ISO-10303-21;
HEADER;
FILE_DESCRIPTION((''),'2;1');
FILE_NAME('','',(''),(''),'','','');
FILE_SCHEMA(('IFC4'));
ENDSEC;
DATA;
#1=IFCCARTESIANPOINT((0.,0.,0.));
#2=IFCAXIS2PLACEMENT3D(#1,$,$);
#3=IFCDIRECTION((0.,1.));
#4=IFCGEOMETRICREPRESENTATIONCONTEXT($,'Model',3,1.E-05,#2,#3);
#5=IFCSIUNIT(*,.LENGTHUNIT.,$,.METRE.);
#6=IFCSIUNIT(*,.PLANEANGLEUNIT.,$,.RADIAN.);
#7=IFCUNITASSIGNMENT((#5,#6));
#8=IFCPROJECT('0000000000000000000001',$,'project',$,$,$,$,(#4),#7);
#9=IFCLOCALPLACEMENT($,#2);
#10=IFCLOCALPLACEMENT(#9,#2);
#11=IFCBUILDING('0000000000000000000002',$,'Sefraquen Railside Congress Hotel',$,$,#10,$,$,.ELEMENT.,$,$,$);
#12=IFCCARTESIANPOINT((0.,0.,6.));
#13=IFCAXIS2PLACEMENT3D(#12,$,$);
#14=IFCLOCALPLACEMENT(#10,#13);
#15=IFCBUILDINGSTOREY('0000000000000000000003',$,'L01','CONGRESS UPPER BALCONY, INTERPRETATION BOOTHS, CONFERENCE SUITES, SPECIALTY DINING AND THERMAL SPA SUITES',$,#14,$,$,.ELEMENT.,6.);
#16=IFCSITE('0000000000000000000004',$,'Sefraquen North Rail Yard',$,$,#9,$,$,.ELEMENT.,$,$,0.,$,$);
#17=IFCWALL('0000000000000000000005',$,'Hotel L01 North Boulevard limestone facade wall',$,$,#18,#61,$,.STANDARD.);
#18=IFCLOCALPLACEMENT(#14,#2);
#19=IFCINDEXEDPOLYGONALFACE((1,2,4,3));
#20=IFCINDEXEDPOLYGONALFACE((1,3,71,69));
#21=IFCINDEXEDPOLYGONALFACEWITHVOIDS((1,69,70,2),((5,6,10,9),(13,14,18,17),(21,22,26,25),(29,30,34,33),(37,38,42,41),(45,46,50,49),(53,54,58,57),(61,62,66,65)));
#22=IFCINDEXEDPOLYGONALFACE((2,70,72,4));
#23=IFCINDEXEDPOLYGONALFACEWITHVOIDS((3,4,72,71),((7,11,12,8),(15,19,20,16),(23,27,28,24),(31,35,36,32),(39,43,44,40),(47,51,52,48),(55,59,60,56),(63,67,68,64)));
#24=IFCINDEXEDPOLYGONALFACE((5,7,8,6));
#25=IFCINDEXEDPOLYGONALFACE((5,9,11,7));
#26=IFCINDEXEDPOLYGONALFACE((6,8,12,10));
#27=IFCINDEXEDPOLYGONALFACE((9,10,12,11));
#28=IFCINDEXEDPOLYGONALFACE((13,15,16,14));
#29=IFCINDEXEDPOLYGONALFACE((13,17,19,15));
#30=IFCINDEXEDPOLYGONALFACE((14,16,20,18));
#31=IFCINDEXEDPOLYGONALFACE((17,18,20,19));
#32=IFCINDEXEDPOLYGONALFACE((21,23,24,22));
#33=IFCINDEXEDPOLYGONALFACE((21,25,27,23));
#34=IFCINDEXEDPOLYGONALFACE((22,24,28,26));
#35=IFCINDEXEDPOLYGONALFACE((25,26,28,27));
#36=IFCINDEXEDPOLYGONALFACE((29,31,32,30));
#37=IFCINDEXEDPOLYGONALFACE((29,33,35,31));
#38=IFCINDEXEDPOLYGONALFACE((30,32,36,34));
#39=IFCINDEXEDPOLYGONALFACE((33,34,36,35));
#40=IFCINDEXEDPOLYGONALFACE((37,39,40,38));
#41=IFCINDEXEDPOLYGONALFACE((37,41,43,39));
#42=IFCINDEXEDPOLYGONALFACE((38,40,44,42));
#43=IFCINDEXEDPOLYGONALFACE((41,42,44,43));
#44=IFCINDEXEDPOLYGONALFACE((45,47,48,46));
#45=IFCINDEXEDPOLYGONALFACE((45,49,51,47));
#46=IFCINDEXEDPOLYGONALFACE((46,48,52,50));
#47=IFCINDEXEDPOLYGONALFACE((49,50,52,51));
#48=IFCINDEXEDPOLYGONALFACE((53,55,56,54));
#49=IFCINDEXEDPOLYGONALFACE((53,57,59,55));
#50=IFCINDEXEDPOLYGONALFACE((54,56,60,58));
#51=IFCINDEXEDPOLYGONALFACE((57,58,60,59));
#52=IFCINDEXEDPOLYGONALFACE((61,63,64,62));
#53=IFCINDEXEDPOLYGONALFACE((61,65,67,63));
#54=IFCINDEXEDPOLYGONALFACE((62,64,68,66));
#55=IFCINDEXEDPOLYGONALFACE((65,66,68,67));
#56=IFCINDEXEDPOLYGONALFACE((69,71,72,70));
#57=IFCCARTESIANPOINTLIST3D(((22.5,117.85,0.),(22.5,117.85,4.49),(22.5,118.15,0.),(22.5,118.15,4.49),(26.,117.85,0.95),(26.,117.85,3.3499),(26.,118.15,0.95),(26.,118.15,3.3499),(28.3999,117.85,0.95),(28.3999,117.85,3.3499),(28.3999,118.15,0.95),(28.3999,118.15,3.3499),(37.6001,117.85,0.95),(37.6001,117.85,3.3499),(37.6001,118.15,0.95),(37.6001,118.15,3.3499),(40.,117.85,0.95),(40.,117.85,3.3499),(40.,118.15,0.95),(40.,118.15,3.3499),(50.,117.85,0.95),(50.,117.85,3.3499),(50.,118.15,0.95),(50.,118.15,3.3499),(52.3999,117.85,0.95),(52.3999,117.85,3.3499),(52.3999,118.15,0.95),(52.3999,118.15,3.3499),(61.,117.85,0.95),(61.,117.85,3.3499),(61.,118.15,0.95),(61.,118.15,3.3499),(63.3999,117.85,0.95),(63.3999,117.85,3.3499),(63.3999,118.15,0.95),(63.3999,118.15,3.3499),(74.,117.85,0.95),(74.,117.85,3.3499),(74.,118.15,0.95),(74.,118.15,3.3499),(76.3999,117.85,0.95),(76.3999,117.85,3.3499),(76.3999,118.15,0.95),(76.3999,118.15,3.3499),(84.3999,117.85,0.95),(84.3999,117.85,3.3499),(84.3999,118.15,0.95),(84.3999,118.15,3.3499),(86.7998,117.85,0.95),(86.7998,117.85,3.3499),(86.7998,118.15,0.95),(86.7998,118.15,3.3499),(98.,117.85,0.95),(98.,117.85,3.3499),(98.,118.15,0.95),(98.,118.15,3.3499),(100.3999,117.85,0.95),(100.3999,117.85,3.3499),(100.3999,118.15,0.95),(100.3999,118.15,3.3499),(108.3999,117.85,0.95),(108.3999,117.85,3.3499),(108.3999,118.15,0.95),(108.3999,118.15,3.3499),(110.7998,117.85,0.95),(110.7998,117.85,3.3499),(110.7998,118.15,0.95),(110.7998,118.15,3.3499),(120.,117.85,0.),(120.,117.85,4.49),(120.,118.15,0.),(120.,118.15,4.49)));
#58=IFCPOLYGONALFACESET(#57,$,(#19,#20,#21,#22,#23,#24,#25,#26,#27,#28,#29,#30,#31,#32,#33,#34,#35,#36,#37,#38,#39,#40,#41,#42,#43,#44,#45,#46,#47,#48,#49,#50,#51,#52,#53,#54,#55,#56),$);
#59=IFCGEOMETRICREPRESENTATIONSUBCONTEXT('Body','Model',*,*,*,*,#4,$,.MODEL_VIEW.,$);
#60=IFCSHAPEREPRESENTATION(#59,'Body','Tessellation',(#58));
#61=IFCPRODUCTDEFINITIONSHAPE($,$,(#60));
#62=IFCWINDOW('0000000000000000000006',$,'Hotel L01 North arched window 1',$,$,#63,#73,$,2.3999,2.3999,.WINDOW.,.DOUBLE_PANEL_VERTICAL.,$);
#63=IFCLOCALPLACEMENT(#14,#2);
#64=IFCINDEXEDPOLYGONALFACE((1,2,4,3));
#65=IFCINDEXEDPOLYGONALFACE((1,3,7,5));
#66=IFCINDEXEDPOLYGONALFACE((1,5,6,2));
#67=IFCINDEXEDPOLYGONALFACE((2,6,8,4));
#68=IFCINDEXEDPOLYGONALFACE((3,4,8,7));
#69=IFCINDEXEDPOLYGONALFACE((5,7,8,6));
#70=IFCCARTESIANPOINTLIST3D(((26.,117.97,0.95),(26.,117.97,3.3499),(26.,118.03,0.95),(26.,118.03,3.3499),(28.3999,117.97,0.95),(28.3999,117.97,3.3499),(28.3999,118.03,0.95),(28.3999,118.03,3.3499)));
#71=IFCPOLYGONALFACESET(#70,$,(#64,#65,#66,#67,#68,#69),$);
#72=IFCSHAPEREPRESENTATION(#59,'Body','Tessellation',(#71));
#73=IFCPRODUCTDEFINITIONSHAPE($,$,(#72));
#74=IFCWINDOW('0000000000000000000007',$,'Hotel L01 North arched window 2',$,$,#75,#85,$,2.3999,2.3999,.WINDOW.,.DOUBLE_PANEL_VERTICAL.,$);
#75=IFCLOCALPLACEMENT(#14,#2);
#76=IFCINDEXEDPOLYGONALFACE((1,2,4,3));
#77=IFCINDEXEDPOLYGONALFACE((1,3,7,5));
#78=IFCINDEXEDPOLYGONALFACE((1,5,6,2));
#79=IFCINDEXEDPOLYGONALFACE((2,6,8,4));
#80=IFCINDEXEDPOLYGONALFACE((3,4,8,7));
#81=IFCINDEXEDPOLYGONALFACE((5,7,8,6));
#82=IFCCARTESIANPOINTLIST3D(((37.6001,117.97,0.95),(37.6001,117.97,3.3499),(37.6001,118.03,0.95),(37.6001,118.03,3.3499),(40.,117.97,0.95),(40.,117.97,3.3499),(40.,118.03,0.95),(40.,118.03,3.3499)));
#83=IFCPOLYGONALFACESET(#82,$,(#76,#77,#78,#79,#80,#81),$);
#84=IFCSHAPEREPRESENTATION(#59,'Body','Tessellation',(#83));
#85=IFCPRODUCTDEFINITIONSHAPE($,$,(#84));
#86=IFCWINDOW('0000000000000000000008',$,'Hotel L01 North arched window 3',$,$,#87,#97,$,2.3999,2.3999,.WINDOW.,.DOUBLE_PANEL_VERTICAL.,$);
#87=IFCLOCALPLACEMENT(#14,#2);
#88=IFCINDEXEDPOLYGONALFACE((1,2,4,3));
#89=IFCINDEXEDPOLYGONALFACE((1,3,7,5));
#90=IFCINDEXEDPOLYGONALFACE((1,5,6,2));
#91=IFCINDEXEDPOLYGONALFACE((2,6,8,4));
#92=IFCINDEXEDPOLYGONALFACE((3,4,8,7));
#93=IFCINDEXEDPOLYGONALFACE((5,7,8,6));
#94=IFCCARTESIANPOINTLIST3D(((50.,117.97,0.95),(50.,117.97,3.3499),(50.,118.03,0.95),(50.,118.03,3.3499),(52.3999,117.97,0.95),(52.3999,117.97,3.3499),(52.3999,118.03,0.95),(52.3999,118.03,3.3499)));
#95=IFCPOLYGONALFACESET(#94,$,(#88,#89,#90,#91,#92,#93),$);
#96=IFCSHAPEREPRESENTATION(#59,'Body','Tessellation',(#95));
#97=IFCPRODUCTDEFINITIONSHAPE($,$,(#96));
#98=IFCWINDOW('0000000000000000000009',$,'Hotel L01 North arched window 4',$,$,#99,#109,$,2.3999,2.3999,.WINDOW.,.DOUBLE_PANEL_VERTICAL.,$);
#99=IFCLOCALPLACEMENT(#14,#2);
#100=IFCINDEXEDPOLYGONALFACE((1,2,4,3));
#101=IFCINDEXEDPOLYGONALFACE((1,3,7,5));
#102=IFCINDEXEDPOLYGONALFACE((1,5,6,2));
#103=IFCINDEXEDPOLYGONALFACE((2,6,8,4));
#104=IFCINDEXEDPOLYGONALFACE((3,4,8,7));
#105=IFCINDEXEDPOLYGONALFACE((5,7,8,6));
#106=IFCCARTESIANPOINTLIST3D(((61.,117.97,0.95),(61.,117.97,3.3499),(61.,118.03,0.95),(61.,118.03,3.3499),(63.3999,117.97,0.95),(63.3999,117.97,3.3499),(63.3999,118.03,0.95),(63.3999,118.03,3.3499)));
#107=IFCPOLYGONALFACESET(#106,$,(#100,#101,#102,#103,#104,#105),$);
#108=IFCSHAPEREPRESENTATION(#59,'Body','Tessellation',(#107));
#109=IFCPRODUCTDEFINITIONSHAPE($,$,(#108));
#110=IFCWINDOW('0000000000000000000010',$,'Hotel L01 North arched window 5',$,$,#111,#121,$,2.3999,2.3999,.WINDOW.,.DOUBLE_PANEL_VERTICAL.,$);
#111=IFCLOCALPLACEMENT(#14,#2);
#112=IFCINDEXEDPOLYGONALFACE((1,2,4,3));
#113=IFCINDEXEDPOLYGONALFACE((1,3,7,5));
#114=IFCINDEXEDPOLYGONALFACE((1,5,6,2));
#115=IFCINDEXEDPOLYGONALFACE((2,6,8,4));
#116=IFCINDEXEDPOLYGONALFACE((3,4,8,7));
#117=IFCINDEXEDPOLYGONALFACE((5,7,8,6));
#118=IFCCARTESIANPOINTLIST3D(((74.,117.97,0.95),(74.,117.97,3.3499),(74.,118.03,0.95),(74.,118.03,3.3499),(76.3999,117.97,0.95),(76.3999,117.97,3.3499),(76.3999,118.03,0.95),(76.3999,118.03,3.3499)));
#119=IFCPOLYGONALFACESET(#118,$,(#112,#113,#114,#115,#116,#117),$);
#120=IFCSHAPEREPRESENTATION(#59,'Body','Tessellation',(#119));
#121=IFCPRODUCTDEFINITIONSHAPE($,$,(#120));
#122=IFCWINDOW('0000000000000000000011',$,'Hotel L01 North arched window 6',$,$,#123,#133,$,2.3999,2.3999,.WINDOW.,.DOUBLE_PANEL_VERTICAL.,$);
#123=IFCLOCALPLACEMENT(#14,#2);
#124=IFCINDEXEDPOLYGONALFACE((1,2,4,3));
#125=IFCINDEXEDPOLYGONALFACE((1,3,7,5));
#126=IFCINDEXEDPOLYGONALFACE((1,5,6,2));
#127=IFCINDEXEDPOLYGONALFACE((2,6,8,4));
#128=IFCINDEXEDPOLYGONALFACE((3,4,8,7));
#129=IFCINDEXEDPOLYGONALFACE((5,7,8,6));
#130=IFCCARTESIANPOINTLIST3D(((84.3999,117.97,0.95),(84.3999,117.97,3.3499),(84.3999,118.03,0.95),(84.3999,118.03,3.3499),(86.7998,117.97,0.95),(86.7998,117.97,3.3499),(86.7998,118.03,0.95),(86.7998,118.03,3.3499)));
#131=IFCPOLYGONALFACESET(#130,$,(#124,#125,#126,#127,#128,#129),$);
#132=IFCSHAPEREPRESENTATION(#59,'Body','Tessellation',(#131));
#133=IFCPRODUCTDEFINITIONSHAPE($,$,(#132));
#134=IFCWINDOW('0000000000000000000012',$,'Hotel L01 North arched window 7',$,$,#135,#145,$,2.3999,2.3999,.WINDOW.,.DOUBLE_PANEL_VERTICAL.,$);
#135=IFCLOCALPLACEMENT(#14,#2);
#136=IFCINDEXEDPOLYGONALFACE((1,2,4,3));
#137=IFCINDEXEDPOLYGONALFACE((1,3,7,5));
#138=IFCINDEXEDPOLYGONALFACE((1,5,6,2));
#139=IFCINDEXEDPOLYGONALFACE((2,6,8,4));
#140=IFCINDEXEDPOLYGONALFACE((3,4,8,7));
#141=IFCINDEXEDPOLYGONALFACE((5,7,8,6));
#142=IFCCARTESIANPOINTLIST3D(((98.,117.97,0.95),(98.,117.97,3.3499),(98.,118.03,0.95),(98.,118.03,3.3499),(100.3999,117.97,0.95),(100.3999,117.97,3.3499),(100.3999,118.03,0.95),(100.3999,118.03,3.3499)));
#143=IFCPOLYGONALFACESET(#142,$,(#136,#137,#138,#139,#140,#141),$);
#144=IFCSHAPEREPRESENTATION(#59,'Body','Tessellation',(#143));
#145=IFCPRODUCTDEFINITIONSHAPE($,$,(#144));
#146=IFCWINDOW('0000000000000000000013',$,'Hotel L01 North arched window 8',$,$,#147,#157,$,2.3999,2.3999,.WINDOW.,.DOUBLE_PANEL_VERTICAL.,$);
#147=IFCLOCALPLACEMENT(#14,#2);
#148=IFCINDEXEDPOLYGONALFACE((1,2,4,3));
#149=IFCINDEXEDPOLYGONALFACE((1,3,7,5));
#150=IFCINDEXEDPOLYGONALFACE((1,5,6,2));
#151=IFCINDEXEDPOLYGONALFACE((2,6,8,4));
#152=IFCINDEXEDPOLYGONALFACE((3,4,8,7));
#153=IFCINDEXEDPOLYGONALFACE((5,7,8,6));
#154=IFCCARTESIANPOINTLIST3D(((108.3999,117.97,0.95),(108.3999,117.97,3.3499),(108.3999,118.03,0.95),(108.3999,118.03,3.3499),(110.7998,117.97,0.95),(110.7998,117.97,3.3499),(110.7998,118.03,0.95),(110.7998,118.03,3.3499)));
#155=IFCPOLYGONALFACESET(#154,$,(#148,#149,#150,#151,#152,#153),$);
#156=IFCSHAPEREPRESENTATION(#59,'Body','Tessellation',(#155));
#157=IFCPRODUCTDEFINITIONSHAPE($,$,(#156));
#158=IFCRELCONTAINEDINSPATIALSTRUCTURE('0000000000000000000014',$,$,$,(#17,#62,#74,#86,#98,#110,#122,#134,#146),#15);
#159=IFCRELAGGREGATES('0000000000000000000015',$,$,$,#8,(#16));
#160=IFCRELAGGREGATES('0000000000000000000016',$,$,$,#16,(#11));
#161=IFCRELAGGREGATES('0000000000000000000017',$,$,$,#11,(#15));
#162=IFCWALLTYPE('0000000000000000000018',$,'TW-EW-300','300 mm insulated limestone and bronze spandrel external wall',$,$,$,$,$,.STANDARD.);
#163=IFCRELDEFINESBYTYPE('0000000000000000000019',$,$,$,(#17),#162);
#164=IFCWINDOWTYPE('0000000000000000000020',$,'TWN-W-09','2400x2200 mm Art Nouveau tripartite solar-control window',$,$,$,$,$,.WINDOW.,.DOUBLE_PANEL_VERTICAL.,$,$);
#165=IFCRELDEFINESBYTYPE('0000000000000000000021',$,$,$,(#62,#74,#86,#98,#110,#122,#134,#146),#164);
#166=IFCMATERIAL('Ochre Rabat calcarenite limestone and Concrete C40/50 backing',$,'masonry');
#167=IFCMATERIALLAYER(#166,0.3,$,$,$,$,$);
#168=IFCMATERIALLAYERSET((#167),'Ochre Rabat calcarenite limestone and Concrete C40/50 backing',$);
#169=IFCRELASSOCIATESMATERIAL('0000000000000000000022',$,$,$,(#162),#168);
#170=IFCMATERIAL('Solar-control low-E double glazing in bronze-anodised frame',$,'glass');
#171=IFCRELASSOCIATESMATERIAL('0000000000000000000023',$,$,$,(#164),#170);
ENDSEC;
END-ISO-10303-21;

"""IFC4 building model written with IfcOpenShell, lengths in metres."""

from ifc_helpers import new_model, si_unit, direction, frame, frame_2d, origin, place, context, subcontext, project, spatial, rectangle, extrude, material, layer, layer_set, type_object, element, fill, save


model = new_model("IFC4")

# Units and contexts
model_context = context("Model", 3, precision=1e-05, world=origin(), true_north=direction((0.0, 1.0)))
body_context = subcontext(model_context, "Body", "Model", "MODEL_VIEW")
ifc_project = project(units=[si_unit("LENGTHUNIT", "METRE"), si_unit("PLANEANGLEUNIT", "RADIAN")], contexts=[model_context])

# Site, building, storey
site_placement = place(None, origin())
site = spatial("IfcSite", under=ifc_project, at=site_placement, Name="Sefraquen North Rail Yard", CompositionType="ELEMENT", RefElevation=0.0)
building_placement = place(site_placement, origin())
building = spatial("IfcBuilding", under=site, at=building_placement, Name="Sefraquen Railside Congress Hotel", CompositionType="ELEMENT")
storey_placement = place(building_placement, frame((0.0, 0.0, 6.0)))
storey = spatial("IfcBuildingStorey", under=building, at=storey_placement, Name="L01", Description="CONGRESS UPPER BALCONY, INTERPRETATION BOOTHS, CONFERENCE SUITES, SPECIALTY DINING AND THERMAL SPA SUITES", CompositionType="ELEMENT", Elevation=6.0)

# Wall, openings, windows
ifc_material_1 = material(Name="Ochre Rabat calcarenite limestone and Concrete C40/50 backing", Category="masonry")
ifc_layer_1 = layer(ifc_material_1, 0.3)
ifc_layer_set_1 = layer_set([ifc_layer_1], Name="Ochre Rabat calcarenite limestone and Concrete C40/50 backing")
wall_type = type_object("IfcWallType", Name="TW-EW-300", Description="300 mm insulated limestone and bronze spandrel external wall", PredefinedType="STANDARD", material=ifc_layer_set_1)
wall_placement = place(storey_placement, frame((22.5, 118.0, 0.0), z_axis=(0.0, 0.0, 1.0), x_axis=(1.0, 0.0, 0.0)))
wall = element("IfcWall", 1, at=wall_placement, inside=storey, type_object=wall_type, Name="Hotel L01 North Boulevard limestone facade wall", PredefinedType="STANDARD", context=body_context, shape_type="SweptSolid", body=[
    extrude(rectangle(XDim=97.5, YDim=0.3, at=frame_2d((48.75, 0.0))), origin(), (0.0, 0.0, 1.0), 4.49),
])
opening_1_placement = place(wall_placement, frame((3.5, 0.0, 0.95)))
opening_1 = element("IfcOpeningElement", 2, at=opening_1_placement, cuts=wall, PredefinedType="OPENING", context=body_context, shape_type="SweptSolid", body=[
    extrude(rectangle(XDim=2.3999, YDim=2.3999, at=frame_2d((1.2, 1.2))), frame((0.0, 0.1599, 0.0), z_axis=(0.0, -1.0, 0.0), x_axis=(1.0, 0.0, 0.0)), (0.0, 0.0, 1.0), 0.3201),
])
opening_2_placement = place(wall_placement, frame((15.1001, 0.0, 0.95)))
opening_2 = element("IfcOpeningElement", 3, at=opening_2_placement, cuts=wall, PredefinedType="OPENING", context=body_context, shape_type="SweptSolid", body=[
    extrude(rectangle(XDim=2.3999, YDim=2.3999, at=frame_2d((1.2, 1.2))), frame((0.0, 0.1599, 0.0), z_axis=(0.0, -1.0, 0.0), x_axis=(1.0, 0.0, 0.0)), (0.0, 0.0, 1.0), 0.3201),
])
opening_3_placement = place(wall_placement, frame((27.5, 0.0, 0.95)))
opening_3 = element("IfcOpeningElement", 4, at=opening_3_placement, cuts=wall, PredefinedType="OPENING", context=body_context, shape_type="SweptSolid", body=[
    extrude(rectangle(XDim=2.3999, YDim=2.3999, at=frame_2d((1.2, 1.2))), frame((0.0, 0.1599, 0.0), z_axis=(0.0, -1.0, 0.0), x_axis=(1.0, 0.0, 0.0)), (0.0, 0.0, 1.0), 0.3201),
])
opening_4_placement = place(wall_placement, frame((38.5, 0.0, 0.95)))
opening_4 = element("IfcOpeningElement", 5, at=opening_4_placement, cuts=wall, PredefinedType="OPENING", context=body_context, shape_type="SweptSolid", body=[
    extrude(rectangle(XDim=2.3999, YDim=2.3999, at=frame_2d((1.2, 1.2))), frame((0.0, 0.1599, 0.0), z_axis=(0.0, -1.0, 0.0), x_axis=(1.0, 0.0, 0.0)), (0.0, 0.0, 1.0), 0.3201),
])
opening_5_placement = place(wall_placement, frame((51.5, 0.0, 0.95)))
opening_5 = element("IfcOpeningElement", 6, at=opening_5_placement, cuts=wall, PredefinedType="OPENING", context=body_context, shape_type="SweptSolid", body=[
    extrude(rectangle(XDim=2.3999, YDim=2.3999, at=frame_2d((1.2, 1.2))), frame((0.0, 0.1599, 0.0), z_axis=(0.0, -1.0, 0.0), x_axis=(1.0, 0.0, 0.0)), (0.0, 0.0, 1.0), 0.3201),
])
opening_6_placement = place(wall_placement, frame((61.8999, 0.0, 0.95)))
opening_6 = element("IfcOpeningElement", 7, at=opening_6_placement, cuts=wall, PredefinedType="OPENING", context=body_context, shape_type="SweptSolid", body=[
    extrude(rectangle(XDim=2.3999, YDim=2.3999, at=frame_2d((1.2, 1.2))), frame((0.0, 0.1599, 0.0), z_axis=(0.0, -1.0, 0.0), x_axis=(1.0, 0.0, 0.0)), (0.0, 0.0, 1.0), 0.3201),
])
opening_7_placement = place(wall_placement, frame((75.5, 0.0, 0.95)))
opening_7 = element("IfcOpeningElement", 8, at=opening_7_placement, cuts=wall, PredefinedType="OPENING", context=body_context, shape_type="SweptSolid", body=[
    extrude(rectangle(XDim=2.3999, YDim=2.3999, at=frame_2d((1.2, 1.2))), frame((0.0, 0.1599, 0.0), z_axis=(0.0, -1.0, 0.0), x_axis=(1.0, 0.0, 0.0)), (0.0, 0.0, 1.0), 0.3201),
])
opening_8_placement = place(wall_placement, frame((85.8999, 0.0, 0.95)))
opening_8 = element("IfcOpeningElement", 9, at=opening_8_placement, cuts=wall, PredefinedType="OPENING", context=body_context, shape_type="SweptSolid", body=[
    extrude(rectangle(XDim=2.3999, YDim=2.3999, at=frame_2d((1.2, 1.2))), frame((0.0, 0.1599, 0.0), z_axis=(0.0, -1.0, 0.0), x_axis=(1.0, 0.0, 0.0)), (0.0, 0.0, 1.0), 0.3201),
])
ifc_material_2 = material(Name="Solar-control low-E double glazing in bronze-anodised frame", Category="glass")
window_type = type_object("IfcWindowType", Name="TWN-W-09", Description="2400x2200 mm Art Nouveau tripartite solar-control window", PartitioningType="DOUBLE_PANEL_VERTICAL", PredefinedType="WINDOW", material=ifc_material_2)
window_1_placement = place(opening_1_placement, origin())
window_1 = element("IfcWindow", 10, at=window_1_placement, inside=storey, type_object=window_type, Name="Hotel L01 North arched window 1", OverallHeight=2.3999, OverallWidth=2.3999, PartitioningType="DOUBLE_PANEL_VERTICAL", PredefinedType="WINDOW", context=body_context, shape_type="SweptSolid", body=[
    extrude(rectangle(XDim=2.3999, YDim=2.3999, at=frame_2d((1.2, 1.2))), frame((0.0, 0.03, 0.0), z_axis=(0.0, -1.0, 0.0), x_axis=(1.0, 0.0, 0.0)), (0.0, 0.0, 1.0), 0.0601),
])
fill(opening_1, window_1)
window_2_placement = place(opening_2_placement, origin())
window_2 = element("IfcWindow", 11, at=window_2_placement, inside=storey, type_object=window_type, Name="Hotel L01 North arched window 2", OverallHeight=2.3999, OverallWidth=2.3999, PartitioningType="DOUBLE_PANEL_VERTICAL", PredefinedType="WINDOW", context=body_context, shape_type="SweptSolid", body=[
    extrude(rectangle(XDim=2.3999, YDim=2.3999, at=frame_2d((1.2, 1.2))), frame((0.0, 0.03, 0.0), z_axis=(0.0, -1.0, 0.0), x_axis=(1.0, 0.0, 0.0)), (0.0, 0.0, 1.0), 0.0601),
])
fill(opening_2, window_2)
window_3_placement = place(opening_3_placement, origin())
window_3 = element("IfcWindow", 12, at=window_3_placement, inside=storey, type_object=window_type, Name="Hotel L01 North arched window 3", OverallHeight=2.3999, OverallWidth=2.3999, PartitioningType="DOUBLE_PANEL_VERTICAL", PredefinedType="WINDOW", context=body_context, shape_type="SweptSolid", body=[
    extrude(rectangle(XDim=2.3999, YDim=2.3999, at=frame_2d((1.2, 1.2))), frame((0.0, 0.03, 0.0), z_axis=(0.0, -1.0, 0.0), x_axis=(1.0, 0.0, 0.0)), (0.0, 0.0, 1.0), 0.0601),
])
fill(opening_3, window_3)
window_4_placement = place(opening_4_placement, origin())
window_4 = element("IfcWindow", 13, at=window_4_placement, inside=storey, type_object=window_type, Name="Hotel L01 North arched window 4", OverallHeight=2.3999, OverallWidth=2.3999, PartitioningType="DOUBLE_PANEL_VERTICAL", PredefinedType="WINDOW", context=body_context, shape_type="SweptSolid", body=[
    extrude(rectangle(XDim=2.3999, YDim=2.3999, at=frame_2d((1.2, 1.2))), frame((0.0, 0.03, 0.0), z_axis=(0.0, -1.0, 0.0), x_axis=(1.0, 0.0, 0.0)), (0.0, 0.0, 1.0), 0.0601),
])
fill(opening_4, window_4)
window_5_placement = place(opening_5_placement, origin())
window_5 = element("IfcWindow", 14, at=window_5_placement, inside=storey, type_object=window_type, Name="Hotel L01 North arched window 5", OverallHeight=2.3999, OverallWidth=2.3999, PartitioningType="DOUBLE_PANEL_VERTICAL", PredefinedType="WINDOW", context=body_context, shape_type="SweptSolid", body=[
    extrude(rectangle(XDim=2.3999, YDim=2.3999, at=frame_2d((1.2, 1.2))), frame((0.0, 0.03, 0.0), z_axis=(0.0, -1.0, 0.0), x_axis=(1.0, 0.0, 0.0)), (0.0, 0.0, 1.0), 0.0601),
])
fill(opening_5, window_5)
window_6_placement = place(opening_6_placement, origin())
window_6 = element("IfcWindow", 15, at=window_6_placement, inside=storey, type_object=window_type, Name="Hotel L01 North arched window 6", OverallHeight=2.3999, OverallWidth=2.3999, PartitioningType="DOUBLE_PANEL_VERTICAL", PredefinedType="WINDOW", context=body_context, shape_type="SweptSolid", body=[
    extrude(rectangle(XDim=2.3999, YDim=2.3999, at=frame_2d((1.2, 1.2))), frame((0.0, 0.03, 0.0), z_axis=(0.0, -1.0, 0.0), x_axis=(1.0, 0.0, 0.0)), (0.0, 0.0, 1.0), 0.0601),
])
fill(opening_6, window_6)
window_7_placement = place(opening_7_placement, origin())
window_7 = element("IfcWindow", 16, at=window_7_placement, inside=storey, type_object=window_type, Name="Hotel L01 North arched window 7", OverallHeight=2.3999, OverallWidth=2.3999, PartitioningType="DOUBLE_PANEL_VERTICAL", PredefinedType="WINDOW", context=body_context, shape_type="SweptSolid", body=[
    extrude(rectangle(XDim=2.3999, YDim=2.3999, at=frame_2d((1.2, 1.2))), frame((0.0, 0.03, 0.0), z_axis=(0.0, -1.0, 0.0), x_axis=(1.0, 0.0, 0.0)), (0.0, 0.0, 1.0), 0.0601),
])
fill(opening_7, window_7)
window_8_placement = place(opening_8_placement, origin())
window_8 = element("IfcWindow", 17, at=window_8_placement, inside=storey, type_object=window_type, Name="Hotel L01 North arched window 8", OverallHeight=2.3999, OverallWidth=2.3999, PartitioningType="DOUBLE_PANEL_VERTICAL", PredefinedType="WINDOW", context=body_context, shape_type="SweptSolid", body=[
    extrude(rectangle(XDim=2.3999, YDim=2.3999, at=frame_2d((1.2, 1.2))), frame((0.0, 0.03, 0.0), z_axis=(0.0, -1.0, 0.0), x_axis=(1.0, 0.0, 0.0)), (0.0, 0.0, 1.0), 0.0601),
])
fill(opening_8, window_8)

save(model, "model.ifc")
